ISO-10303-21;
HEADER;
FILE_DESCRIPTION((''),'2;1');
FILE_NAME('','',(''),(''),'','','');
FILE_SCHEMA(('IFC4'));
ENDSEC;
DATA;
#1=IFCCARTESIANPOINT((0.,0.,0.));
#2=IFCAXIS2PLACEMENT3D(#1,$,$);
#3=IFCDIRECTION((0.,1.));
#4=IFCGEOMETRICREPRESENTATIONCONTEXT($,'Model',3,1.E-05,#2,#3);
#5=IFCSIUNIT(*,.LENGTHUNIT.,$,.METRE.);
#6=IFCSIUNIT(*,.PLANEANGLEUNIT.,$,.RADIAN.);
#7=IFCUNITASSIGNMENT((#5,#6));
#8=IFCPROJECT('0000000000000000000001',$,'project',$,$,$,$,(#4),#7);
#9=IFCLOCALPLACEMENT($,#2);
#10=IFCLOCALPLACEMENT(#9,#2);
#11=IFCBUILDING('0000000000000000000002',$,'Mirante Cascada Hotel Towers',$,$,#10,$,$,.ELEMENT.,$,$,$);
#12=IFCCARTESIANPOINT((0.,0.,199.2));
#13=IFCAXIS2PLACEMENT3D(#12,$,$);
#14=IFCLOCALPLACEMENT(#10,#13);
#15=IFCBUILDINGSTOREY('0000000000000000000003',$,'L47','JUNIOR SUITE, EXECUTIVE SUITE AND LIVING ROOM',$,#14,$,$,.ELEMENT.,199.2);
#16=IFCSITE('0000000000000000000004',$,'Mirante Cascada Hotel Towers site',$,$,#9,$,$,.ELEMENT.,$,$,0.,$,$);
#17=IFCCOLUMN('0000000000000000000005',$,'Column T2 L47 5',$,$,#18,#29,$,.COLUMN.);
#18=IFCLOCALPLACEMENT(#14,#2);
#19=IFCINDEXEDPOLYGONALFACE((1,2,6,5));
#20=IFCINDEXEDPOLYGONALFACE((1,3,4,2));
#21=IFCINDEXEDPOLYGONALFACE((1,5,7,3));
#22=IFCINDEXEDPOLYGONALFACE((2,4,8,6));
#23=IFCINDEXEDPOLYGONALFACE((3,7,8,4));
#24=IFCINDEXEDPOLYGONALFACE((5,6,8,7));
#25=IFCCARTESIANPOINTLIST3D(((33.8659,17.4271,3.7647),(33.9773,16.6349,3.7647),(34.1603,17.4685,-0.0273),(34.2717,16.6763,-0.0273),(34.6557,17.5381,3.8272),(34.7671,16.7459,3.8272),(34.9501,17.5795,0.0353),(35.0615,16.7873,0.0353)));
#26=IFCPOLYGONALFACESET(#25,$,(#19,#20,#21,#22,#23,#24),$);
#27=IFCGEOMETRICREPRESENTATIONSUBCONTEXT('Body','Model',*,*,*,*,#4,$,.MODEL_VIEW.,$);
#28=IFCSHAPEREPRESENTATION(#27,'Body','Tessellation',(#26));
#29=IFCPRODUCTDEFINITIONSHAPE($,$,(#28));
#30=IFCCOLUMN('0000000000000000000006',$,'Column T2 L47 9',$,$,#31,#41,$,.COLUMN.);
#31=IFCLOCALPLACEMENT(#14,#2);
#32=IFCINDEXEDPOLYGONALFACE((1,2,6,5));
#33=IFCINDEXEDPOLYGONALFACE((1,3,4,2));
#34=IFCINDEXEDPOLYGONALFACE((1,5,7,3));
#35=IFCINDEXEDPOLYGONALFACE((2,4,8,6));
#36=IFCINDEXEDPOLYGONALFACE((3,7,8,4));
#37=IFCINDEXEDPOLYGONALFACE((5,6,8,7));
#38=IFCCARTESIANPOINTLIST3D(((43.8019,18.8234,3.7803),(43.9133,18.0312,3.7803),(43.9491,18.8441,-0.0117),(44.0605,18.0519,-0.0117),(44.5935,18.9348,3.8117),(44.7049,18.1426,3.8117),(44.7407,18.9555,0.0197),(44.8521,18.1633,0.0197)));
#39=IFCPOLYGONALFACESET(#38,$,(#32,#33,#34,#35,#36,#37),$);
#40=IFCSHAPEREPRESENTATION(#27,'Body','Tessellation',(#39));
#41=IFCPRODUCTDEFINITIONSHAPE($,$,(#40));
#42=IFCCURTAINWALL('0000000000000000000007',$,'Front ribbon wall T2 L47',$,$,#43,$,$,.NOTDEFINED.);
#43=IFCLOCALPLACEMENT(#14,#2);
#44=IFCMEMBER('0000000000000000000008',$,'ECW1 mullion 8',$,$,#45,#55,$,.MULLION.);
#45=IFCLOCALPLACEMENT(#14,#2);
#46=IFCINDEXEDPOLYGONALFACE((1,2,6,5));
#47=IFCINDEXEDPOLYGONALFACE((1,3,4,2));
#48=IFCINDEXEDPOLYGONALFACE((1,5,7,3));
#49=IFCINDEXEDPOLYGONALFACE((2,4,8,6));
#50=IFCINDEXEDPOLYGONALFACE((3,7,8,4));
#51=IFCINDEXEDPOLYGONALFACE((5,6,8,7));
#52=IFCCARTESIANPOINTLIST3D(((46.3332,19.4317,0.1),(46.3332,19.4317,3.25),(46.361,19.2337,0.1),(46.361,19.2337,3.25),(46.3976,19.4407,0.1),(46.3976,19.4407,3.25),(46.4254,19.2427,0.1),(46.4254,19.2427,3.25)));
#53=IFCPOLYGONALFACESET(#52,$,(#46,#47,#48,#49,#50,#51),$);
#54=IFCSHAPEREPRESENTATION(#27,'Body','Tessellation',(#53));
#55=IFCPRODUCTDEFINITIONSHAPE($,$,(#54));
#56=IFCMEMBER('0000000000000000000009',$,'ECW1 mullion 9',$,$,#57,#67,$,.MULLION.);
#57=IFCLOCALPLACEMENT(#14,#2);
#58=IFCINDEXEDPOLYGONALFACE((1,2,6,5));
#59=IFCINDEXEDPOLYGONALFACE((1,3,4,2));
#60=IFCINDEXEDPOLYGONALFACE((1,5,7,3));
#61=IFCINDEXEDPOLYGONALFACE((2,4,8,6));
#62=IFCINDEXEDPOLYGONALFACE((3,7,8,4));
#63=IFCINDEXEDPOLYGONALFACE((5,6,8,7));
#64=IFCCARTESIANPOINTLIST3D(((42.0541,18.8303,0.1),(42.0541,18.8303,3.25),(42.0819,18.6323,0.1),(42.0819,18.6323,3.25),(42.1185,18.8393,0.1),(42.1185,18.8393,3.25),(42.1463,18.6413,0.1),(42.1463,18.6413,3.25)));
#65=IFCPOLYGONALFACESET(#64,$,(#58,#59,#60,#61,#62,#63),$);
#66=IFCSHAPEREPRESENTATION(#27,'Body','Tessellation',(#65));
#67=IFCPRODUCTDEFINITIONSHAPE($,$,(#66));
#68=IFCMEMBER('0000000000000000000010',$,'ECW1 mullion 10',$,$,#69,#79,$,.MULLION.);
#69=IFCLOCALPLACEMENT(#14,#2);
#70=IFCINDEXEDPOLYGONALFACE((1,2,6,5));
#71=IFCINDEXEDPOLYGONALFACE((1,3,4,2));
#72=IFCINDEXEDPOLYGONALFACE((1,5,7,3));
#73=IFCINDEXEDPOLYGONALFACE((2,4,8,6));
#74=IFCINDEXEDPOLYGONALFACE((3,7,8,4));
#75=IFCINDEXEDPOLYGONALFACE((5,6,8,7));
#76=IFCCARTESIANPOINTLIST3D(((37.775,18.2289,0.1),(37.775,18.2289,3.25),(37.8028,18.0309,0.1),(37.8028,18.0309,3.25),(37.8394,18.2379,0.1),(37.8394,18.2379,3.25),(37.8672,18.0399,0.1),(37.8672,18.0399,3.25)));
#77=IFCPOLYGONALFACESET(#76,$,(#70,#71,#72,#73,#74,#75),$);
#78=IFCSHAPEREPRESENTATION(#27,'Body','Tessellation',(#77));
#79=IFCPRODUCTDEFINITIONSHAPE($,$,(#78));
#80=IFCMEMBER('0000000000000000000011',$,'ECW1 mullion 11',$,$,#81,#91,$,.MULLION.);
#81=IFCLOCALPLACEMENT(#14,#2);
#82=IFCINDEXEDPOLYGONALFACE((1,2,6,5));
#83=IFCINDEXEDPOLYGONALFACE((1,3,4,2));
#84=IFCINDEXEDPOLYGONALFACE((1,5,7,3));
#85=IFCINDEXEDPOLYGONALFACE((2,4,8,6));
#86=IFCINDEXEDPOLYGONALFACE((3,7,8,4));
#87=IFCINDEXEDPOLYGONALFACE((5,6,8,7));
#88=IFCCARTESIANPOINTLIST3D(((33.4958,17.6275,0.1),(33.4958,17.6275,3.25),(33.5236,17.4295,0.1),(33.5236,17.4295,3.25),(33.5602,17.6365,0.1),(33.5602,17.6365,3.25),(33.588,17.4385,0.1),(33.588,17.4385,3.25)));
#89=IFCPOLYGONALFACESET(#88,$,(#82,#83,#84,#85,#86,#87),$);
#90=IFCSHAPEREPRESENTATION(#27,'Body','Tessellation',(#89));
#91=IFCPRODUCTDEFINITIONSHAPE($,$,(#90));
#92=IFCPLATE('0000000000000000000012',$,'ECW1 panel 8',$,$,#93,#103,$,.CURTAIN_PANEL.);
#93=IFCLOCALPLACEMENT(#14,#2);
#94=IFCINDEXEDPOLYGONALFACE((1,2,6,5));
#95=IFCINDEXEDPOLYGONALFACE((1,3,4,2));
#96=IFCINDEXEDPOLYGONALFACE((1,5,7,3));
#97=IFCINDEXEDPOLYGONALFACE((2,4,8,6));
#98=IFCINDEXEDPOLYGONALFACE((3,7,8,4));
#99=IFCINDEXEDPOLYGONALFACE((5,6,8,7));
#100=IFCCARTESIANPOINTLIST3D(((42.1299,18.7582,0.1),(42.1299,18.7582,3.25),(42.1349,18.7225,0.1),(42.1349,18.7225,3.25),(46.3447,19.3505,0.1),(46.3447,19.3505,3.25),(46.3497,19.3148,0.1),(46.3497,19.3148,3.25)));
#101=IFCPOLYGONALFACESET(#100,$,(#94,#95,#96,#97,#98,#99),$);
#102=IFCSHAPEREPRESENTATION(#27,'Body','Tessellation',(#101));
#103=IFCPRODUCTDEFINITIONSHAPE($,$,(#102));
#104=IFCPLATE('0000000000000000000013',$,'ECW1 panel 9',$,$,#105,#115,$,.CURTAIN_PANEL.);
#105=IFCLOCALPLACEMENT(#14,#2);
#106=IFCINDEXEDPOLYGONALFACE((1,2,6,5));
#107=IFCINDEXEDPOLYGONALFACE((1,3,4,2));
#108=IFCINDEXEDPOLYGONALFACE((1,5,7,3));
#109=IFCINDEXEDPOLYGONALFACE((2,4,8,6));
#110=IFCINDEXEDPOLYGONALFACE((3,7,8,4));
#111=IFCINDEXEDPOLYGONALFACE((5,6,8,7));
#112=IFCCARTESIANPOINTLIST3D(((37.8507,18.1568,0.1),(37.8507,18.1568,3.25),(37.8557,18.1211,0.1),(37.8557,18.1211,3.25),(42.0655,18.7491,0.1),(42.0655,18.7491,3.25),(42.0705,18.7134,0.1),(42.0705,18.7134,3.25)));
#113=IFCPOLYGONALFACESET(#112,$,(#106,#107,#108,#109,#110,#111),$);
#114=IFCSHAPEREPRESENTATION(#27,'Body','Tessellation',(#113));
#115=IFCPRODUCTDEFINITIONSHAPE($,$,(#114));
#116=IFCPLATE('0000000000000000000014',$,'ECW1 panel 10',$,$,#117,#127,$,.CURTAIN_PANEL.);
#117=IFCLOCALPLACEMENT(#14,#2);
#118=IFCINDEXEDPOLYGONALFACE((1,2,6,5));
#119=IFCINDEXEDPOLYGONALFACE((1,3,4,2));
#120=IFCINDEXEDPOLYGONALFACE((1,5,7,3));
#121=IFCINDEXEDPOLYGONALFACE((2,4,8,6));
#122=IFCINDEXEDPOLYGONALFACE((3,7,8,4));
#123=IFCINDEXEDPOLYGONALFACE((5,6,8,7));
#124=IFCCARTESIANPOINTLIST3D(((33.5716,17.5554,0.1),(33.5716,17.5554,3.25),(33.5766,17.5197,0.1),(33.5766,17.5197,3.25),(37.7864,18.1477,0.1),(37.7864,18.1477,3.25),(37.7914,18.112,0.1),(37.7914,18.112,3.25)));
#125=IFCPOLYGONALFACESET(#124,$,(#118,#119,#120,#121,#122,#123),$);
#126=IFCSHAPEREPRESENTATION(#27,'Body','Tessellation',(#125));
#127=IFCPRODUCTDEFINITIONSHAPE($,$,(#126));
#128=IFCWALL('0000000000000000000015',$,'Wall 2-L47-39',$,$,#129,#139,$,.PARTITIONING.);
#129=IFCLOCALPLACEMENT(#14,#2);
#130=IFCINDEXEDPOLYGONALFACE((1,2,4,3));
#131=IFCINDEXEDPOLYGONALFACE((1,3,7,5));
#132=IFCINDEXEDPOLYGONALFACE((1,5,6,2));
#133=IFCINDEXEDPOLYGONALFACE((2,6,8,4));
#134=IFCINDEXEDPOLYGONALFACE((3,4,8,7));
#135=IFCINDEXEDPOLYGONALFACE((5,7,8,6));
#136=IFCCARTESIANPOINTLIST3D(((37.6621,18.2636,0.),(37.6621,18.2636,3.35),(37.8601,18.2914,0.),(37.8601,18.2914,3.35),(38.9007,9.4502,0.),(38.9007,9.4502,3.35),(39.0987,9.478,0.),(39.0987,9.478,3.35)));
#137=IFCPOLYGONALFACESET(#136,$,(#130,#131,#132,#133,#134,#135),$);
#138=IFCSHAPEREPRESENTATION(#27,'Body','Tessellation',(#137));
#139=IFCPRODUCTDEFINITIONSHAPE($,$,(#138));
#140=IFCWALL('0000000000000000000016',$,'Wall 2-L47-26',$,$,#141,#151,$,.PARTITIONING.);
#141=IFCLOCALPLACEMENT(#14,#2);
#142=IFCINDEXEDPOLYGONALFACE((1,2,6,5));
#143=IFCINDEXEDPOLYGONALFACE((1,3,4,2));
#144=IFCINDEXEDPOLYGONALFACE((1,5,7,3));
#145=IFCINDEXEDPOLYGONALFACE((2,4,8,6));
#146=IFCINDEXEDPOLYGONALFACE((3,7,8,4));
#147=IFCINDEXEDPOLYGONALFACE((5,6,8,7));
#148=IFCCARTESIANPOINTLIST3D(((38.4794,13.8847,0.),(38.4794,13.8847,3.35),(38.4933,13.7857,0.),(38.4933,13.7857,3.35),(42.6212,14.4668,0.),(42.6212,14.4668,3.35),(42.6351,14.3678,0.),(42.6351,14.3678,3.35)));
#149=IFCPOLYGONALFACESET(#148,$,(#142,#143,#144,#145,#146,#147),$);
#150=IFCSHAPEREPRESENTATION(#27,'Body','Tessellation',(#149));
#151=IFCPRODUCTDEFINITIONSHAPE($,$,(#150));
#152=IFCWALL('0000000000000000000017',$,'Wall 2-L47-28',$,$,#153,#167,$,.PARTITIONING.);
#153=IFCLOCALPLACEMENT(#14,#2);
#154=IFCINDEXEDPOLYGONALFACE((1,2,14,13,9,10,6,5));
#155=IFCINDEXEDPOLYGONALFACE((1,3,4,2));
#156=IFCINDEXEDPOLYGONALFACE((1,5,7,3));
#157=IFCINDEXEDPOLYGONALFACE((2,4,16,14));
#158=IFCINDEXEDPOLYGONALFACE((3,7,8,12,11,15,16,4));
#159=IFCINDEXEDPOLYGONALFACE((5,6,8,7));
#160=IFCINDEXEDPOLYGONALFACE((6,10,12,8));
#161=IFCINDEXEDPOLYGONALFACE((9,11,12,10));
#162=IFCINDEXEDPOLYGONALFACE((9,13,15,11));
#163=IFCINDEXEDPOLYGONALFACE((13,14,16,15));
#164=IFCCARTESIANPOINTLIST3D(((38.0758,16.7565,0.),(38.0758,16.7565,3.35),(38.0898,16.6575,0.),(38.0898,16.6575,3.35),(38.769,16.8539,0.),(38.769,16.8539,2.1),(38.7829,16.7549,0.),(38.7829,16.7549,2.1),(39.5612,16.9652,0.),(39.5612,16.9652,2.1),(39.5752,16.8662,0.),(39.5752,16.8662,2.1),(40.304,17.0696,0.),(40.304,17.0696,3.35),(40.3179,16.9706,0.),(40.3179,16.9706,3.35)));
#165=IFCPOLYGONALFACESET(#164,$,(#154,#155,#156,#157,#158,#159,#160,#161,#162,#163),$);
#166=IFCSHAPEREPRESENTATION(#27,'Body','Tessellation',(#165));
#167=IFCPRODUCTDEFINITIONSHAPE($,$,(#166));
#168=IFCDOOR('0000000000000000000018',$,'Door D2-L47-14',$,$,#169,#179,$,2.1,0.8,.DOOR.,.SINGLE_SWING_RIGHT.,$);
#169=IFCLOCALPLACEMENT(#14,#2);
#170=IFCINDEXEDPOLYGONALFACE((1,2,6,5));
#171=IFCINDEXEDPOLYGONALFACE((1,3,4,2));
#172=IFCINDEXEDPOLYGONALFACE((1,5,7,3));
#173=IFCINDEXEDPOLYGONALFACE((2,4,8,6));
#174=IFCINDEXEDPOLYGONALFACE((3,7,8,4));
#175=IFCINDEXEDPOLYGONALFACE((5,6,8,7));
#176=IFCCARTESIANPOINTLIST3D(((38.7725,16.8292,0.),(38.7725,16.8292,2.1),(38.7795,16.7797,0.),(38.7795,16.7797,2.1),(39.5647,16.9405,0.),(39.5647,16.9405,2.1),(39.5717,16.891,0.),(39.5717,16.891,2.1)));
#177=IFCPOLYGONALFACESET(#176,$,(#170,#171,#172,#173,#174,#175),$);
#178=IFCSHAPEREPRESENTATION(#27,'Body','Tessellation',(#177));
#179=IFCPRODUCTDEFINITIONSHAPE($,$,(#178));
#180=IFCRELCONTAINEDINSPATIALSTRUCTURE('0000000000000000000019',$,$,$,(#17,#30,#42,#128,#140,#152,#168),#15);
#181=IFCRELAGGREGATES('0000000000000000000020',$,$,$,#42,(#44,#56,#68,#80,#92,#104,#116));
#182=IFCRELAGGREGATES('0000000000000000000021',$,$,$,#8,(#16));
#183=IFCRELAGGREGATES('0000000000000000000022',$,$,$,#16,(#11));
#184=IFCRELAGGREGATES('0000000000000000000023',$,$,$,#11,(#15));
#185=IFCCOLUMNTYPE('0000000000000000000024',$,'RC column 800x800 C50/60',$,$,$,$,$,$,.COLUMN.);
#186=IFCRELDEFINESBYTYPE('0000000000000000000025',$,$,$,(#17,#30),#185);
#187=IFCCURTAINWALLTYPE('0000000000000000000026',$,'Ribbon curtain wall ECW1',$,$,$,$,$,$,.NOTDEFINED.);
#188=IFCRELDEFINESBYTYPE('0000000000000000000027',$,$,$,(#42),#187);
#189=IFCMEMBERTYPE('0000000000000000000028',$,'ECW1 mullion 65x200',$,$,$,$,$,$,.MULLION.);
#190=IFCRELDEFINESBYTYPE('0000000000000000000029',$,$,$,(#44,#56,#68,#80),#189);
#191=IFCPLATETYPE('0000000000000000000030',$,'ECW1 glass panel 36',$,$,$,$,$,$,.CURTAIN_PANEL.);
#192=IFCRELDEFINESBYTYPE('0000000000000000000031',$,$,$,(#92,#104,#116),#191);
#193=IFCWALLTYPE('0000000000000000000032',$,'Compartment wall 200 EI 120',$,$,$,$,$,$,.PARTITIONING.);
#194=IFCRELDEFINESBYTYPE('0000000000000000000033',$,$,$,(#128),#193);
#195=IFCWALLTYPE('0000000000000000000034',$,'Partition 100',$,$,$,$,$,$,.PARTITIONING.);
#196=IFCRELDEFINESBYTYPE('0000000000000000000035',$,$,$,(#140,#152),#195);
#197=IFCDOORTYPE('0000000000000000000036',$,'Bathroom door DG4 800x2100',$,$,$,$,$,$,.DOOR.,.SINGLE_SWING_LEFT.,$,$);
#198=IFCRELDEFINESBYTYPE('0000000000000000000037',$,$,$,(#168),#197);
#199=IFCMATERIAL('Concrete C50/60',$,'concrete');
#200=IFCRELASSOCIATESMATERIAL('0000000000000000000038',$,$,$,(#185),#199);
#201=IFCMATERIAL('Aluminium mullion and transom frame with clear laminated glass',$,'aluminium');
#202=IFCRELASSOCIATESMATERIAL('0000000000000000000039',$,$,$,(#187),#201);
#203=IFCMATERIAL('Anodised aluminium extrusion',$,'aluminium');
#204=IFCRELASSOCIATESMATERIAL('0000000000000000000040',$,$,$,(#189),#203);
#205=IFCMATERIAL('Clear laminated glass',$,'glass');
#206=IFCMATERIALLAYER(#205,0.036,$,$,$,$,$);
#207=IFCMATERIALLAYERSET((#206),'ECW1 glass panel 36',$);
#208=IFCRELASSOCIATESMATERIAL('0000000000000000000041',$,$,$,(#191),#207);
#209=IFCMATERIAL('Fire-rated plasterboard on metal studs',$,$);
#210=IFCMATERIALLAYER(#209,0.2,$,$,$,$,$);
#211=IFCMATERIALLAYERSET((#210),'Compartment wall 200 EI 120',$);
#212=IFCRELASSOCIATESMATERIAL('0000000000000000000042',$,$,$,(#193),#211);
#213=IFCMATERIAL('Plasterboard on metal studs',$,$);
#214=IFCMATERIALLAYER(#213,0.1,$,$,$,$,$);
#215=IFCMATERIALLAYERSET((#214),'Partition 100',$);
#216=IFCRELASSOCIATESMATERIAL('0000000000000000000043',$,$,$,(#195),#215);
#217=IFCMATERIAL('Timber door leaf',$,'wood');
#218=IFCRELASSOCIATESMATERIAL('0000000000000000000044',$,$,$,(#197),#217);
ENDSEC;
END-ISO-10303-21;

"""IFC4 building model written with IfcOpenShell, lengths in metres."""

from ifc_helpers import new_model, si_unit, direction, frame, frame_2d, origin, origin_2d, place, context, subcontext, project, spatial, rectangle, extrude, material, layer, layer_set, material_profile, profile_set, type_object, element, fill, aggregate, save


model = new_model("IFC4")

# Units and contexts
model_context = context("Model", 3, precision=1e-05, world=origin(), true_north=direction((0.0, 1.0)))
body_context = subcontext(model_context, "Body", "Model", "MODEL_VIEW")
ifc_project = project(units=[si_unit("LENGTHUNIT", "METRE"), si_unit("PLANEANGLEUNIT", "RADIAN")], contexts=[model_context])

# Site, building, storey
site_placement = place(None, origin())
site = spatial("IfcSite", under=ifc_project, at=site_placement, Name="Mirante Cascada Hotel Towers site", CompositionType="ELEMENT", RefElevation=0.0)
building_placement = place(site_placement, origin())
building = spatial("IfcBuilding", under=site, at=building_placement, Name="Mirante Cascada Hotel Towers", CompositionType="ELEMENT")
storey_placement = place(building_placement, frame((0.0, 0.0, 199.2)))
storey = spatial("IfcBuildingStorey", under=building, at=storey_placement, Name="L47", Description="JUNIOR SUITE, EXECUTIVE SUITE AND LIVING ROOM", CompositionType="ELEMENT", Elevation=199.2)

# Columns
ifc_material_1 = material(Name="Concrete C50/60", Category="concrete")
ifc_material_profile_1 = material_profile(ifc_material_1, rectangle(XDim=0.8, YDim=0.8, at=origin_2d()), Name="RC column 800x800 C50/60")
ifc_profile_set_1 = profile_set([ifc_material_profile_1], Name="Concrete C50/60")
column_type = type_object("IfcColumnType", Name="RC column 800x800 C50/60", PredefinedType="COLUMN", material=ifc_profile_set_1)
column_1_placement = place(storey_placement, frame((34.6109, 17.1279, 0.004), z_axis=(-0.0774, -0.010884, 0.996941), x_axis=(0.139255, -0.990257, 0.0)))
element("IfcColumn", 1, at=column_1_placement, inside=storey, type_object=column_type, Name="Column T2 L47 5", PredefinedType="COLUMN", context=body_context, shape_type="SweptSolid", body=[
    extrude(rectangle(XDim=0.8, YDim=0.8, at=origin_2d()), origin(), (0.0, 0.0, 1.0), 3.8036),
])
column_2_placement = place(storey_placement, frame((44.4006, 18.5037, 0.004), z_axis=(-0.038789, -0.005455, 0.999232), x_axis=(0.139255, -0.990257, 0.0)))
element("IfcColumn", 2, at=column_2_placement, inside=storey, type_object=column_type, Name="Column T2 L47 9", PredefinedType="COLUMN", context=body_context, shape_type="SweptSolid", body=[
    extrude(rectangle(XDim=0.8, YDim=0.8, at=origin_2d()), origin(), (0.0, 0.0, 1.0), 3.7949),
])

# Curtain wall, members, plates
ifc_material_2 = material(Name="Aluminium mullion and transom frame with clear laminated glass", Category="aluminium")
curtain_wall_type = type_object("IfcCurtainWallType", Name="Ribbon curtain wall ECW1", PredefinedType="NOTDEFINED", material=ifc_material_2)
curtain_wall_placement = place(storey_placement, origin())
curtain_wall = element("IfcCurtainWall", 3, at=curtain_wall_placement, inside=storey, type_object=curtain_wall_type, Name="Front ribbon wall T2 L47", PredefinedType="NOTDEFINED")
ifc_material_3 = material(Name="Anodised aluminium extrusion", Category="aluminium")
ifc_material_profile_2 = material_profile(ifc_material_3, rectangle(XDim=0.2, YDim=0.065, at=origin_2d()), Name="ECW1 MULLION 65x200")
ifc_profile_set_2 = profile_set([ifc_material_profile_2], Name="Anodised aluminium extrusion")
member_type = type_object("IfcMemberType", Name="ECW1 mullion 65x200", PredefinedType="MULLION", material=ifc_profile_set_2)
member_1_placement = place(storey_placement, frame((46.3793, 19.3372, 0.1), z_axis=(0.0, 0.0, 1.0), x_axis=(0.139173, -0.990268, 0.0)))
member_1 = element("IfcMember", 4, at=member_1_placement, type_object=member_type, Name="ECW1 mullion 8", PredefinedType="MULLION", context=body_context, shape_type="SweptSolid", body=[
    extrude(rectangle(XDim=0.2, YDim=0.065, at=origin_2d()), origin(), (0.0, 0.0, 1.0), 3.15),
])
member_2_placement = place(storey_placement, frame((42.1002, 18.7358, 0.1), z_axis=(0.0, 0.0, 1.0), x_axis=(0.139173, -0.990268, 0.0)))
member_2 = element("IfcMember", 5, at=member_2_placement, type_object=member_type, Name="ECW1 mullion 9", PredefinedType="MULLION", context=body_context, shape_type="SweptSolid", body=[
    extrude(rectangle(XDim=0.2, YDim=0.065, at=origin_2d()), origin(), (0.0, 0.0, 1.0), 3.15),
])
member_3_placement = place(storey_placement, frame((37.8211, 18.1344, 0.1), z_axis=(0.0, 0.0, 1.0), x_axis=(0.139173, -0.990268, 0.0)))
member_3 = element("IfcMember", 6, at=member_3_placement, type_object=member_type, Name="ECW1 mullion 10", PredefinedType="MULLION", context=body_context, shape_type="SweptSolid", body=[
    extrude(rectangle(XDim=0.2, YDim=0.065, at=origin_2d()), origin(), (0.0, 0.0, 1.0), 3.15),
])
member_4_placement = place(storey_placement, frame((33.5419, 17.533, 0.1), z_axis=(0.0, 0.0, 1.0), x_axis=(0.139173, -0.990268, 0.0)))
member_4 = element("IfcMember", 7, at=member_4_placement, type_object=member_type, Name="ECW1 mullion 11", PredefinedType="MULLION", context=body_context, shape_type="SweptSolid", body=[
    extrude(rectangle(XDim=0.2, YDim=0.065, at=origin_2d()), origin(), (0.0, 0.0, 1.0), 3.15),
])
ifc_material_4 = material(Name="Clear laminated glass", Category="glass")
ifc_layer_1 = layer(ifc_material_4, 0.036)
ifc_layer_set_1 = layer_set([ifc_layer_1], Name="ECW1 glass panel 36")
plate_type = type_object("IfcPlateType", Name="ECW1 glass panel 36", PredefinedType="CURTAIN_PANEL", material=ifc_layer_set_1)
plate_1_placement = place(storey_placement, frame((44.2398, 19.0365, 0.1), z_axis=(0.0, 0.0, 1.0), x_axis=(-0.990268, -0.139173, 0.0)))
plate_1 = element("IfcPlate", 8, at=plate_1_placement, type_object=plate_type, Name="ECW1 panel 8", PredefinedType="CURTAIN_PANEL", context=body_context, shape_type="SweptSolid", body=[
    extrude(rectangle(XDim=4.2562, YDim=0.036, at=origin_2d()), origin(), (0.0, 0.0, 1.0), 3.15),
])
plate_2_placement = place(storey_placement, frame((39.9606, 18.4351, 0.1), z_axis=(0.0, 0.0, 1.0), x_axis=(-0.990268, -0.139173, 0.0)))
plate_2 = element("IfcPlate", 9, at=plate_2_placement, type_object=plate_type, Name="ECW1 panel 9", PredefinedType="CURTAIN_PANEL", context=body_context, shape_type="SweptSolid", body=[
    extrude(rectangle(XDim=4.2562, YDim=0.036, at=origin_2d()), origin(), (0.0, 0.0, 1.0), 3.15),
])
plate_3_placement = place(storey_placement, frame((35.6815, 17.8337, 0.1), z_axis=(0.0, 0.0, 1.0), x_axis=(-0.990268, -0.139173, 0.0)))
plate_3 = element("IfcPlate", 10, at=plate_3_placement, type_object=plate_type, Name="ECW1 panel 10", PredefinedType="CURTAIN_PANEL", context=body_context, shape_type="SweptSolid", body=[
    extrude(rectangle(XDim=4.2562, YDim=0.036, at=origin_2d()), origin(), (0.0, 0.0, 1.0), 3.15),
])
aggregate(curtain_wall, [member_1, member_2, member_3, member_4, plate_1, plate_2, plate_3])

# Walls
ifc_material_5 = material(Name="Fire-rated plasterboard on metal studs")
ifc_layer_2 = layer(ifc_material_5, 0.2)
ifc_layer_set_2 = layer_set([ifc_layer_2], Name="Compartment wall 200 EI 120")
wall_type_1 = type_object("IfcWallType", Name="Compartment wall 200 EI 120", PredefinedType="PARTITIONING", material=ifc_layer_set_2)
wall_1_placement = place(storey_placement, frame((37.7611, 18.2775, 0.0), z_axis=(0.0, 0.0, 1.0), x_axis=(0.139168, -0.990269, 0.0)))
element("IfcWall", 11, at=wall_1_placement, inside=storey, type_object=wall_type_1, Name="Wall 2-L47-39", PredefinedType="PARTITIONING", context=body_context, shape_type="SweptSolid", body=[
    extrude(rectangle(XDim=8.9, YDim=0.2, at=frame_2d((4.45, 0.0))), origin(), (0.0, 0.0, 1.0), 3.35),
])
ifc_material_6 = material(Name="Plasterboard on metal studs")
ifc_layer_3 = layer(ifc_material_6, 0.1)
ifc_layer_set_3 = layer_set([ifc_layer_3], Name="Partition 100")
wall_type_2 = type_object("IfcWallType", Name="Partition 100", PredefinedType="PARTITIONING", material=ifc_layer_set_3)
wall_2_placement = place(storey_placement, frame((38.4864, 13.8352, 0.0), z_axis=(0.0, 0.0, 1.0), x_axis=(0.990268, 0.139175, 0.0)))
element("IfcWall", 12, at=wall_2_placement, inside=storey, type_object=wall_type_2, Name="Wall 2-L47-26", PredefinedType="PARTITIONING", context=body_context, shape_type="SweptSolid", body=[
    extrude(rectangle(XDim=4.1825, YDim=0.1, at=frame_2d((2.0912, 0.0))), origin(), (0.0, 0.0, 1.0), 3.35),
])

# Wall, opening, door
wall_3_placement = place(storey_placement, frame((38.0828, 16.707, 0.0), z_axis=(0.0, 0.0, 1.0), x_axis=(0.990271, 0.139156, 0.0)))
wall_3 = element("IfcWall", 13, at=wall_3_placement, inside=storey, type_object=wall_type_2, Name="Wall 2-L47-28", PredefinedType="PARTITIONING", context=body_context, shape_type="SweptSolid", body=[
    extrude(rectangle(XDim=2.25, YDim=0.1, at=frame_2d((1.125, 0.0))), origin(), (0.0, 0.0, 1.0), 3.35),
])
opening_placement = place(wall_3_placement, frame((0.7, 0.0, 0.0)))
opening = element("IfcOpeningElement", 14, at=opening_placement, cuts=wall_3, PredefinedType="OPENING", context=body_context, shape_type="SweptSolid", body=[
    extrude(rectangle(XDim=0.8, YDim=2.1, at=frame_2d((0.4, 1.05))), frame((0.0, 0.05, 0.0), z_axis=(0.0, -1.0, 0.0), x_axis=(1.0, 0.0, 0.0)), (0.0, 0.0, 1.0), 0.1),
])
ifc_material_7 = material(Name="Timber door leaf", Category="wood")
door_type = type_object("IfcDoorType", Name="Bathroom door DG4 800x2100", OperationType="SINGLE_SWING_LEFT", PredefinedType="DOOR", material=ifc_material_7)
door_placement = place(opening_placement, frame((0.8, 0.0, 0.0), z_axis=(0.0, 0.0, 1.0), x_axis=(-1.0, 0.0, 0.0)))
door = element("IfcDoor", 15, at=door_placement, inside=storey, type_object=door_type, Name="Door D2-L47-14", OperationType="SINGLE_SWING_RIGHT", OverallHeight=2.1, OverallWidth=0.8, PredefinedType="DOOR", context=body_context, shape_type="SweptSolid", body=[
    extrude(rectangle(XDim=0.8, YDim=2.1, at=frame_2d((0.4, 1.05))), frame((0.0, 0.025, 0.0), z_axis=(0.0, -1.0, 0.0), x_axis=(1.0, 0.0, 0.0)), (0.0, 0.0, 1.0), 0.05),
])
fill(opening, door)

save(model, "model.ifc")
